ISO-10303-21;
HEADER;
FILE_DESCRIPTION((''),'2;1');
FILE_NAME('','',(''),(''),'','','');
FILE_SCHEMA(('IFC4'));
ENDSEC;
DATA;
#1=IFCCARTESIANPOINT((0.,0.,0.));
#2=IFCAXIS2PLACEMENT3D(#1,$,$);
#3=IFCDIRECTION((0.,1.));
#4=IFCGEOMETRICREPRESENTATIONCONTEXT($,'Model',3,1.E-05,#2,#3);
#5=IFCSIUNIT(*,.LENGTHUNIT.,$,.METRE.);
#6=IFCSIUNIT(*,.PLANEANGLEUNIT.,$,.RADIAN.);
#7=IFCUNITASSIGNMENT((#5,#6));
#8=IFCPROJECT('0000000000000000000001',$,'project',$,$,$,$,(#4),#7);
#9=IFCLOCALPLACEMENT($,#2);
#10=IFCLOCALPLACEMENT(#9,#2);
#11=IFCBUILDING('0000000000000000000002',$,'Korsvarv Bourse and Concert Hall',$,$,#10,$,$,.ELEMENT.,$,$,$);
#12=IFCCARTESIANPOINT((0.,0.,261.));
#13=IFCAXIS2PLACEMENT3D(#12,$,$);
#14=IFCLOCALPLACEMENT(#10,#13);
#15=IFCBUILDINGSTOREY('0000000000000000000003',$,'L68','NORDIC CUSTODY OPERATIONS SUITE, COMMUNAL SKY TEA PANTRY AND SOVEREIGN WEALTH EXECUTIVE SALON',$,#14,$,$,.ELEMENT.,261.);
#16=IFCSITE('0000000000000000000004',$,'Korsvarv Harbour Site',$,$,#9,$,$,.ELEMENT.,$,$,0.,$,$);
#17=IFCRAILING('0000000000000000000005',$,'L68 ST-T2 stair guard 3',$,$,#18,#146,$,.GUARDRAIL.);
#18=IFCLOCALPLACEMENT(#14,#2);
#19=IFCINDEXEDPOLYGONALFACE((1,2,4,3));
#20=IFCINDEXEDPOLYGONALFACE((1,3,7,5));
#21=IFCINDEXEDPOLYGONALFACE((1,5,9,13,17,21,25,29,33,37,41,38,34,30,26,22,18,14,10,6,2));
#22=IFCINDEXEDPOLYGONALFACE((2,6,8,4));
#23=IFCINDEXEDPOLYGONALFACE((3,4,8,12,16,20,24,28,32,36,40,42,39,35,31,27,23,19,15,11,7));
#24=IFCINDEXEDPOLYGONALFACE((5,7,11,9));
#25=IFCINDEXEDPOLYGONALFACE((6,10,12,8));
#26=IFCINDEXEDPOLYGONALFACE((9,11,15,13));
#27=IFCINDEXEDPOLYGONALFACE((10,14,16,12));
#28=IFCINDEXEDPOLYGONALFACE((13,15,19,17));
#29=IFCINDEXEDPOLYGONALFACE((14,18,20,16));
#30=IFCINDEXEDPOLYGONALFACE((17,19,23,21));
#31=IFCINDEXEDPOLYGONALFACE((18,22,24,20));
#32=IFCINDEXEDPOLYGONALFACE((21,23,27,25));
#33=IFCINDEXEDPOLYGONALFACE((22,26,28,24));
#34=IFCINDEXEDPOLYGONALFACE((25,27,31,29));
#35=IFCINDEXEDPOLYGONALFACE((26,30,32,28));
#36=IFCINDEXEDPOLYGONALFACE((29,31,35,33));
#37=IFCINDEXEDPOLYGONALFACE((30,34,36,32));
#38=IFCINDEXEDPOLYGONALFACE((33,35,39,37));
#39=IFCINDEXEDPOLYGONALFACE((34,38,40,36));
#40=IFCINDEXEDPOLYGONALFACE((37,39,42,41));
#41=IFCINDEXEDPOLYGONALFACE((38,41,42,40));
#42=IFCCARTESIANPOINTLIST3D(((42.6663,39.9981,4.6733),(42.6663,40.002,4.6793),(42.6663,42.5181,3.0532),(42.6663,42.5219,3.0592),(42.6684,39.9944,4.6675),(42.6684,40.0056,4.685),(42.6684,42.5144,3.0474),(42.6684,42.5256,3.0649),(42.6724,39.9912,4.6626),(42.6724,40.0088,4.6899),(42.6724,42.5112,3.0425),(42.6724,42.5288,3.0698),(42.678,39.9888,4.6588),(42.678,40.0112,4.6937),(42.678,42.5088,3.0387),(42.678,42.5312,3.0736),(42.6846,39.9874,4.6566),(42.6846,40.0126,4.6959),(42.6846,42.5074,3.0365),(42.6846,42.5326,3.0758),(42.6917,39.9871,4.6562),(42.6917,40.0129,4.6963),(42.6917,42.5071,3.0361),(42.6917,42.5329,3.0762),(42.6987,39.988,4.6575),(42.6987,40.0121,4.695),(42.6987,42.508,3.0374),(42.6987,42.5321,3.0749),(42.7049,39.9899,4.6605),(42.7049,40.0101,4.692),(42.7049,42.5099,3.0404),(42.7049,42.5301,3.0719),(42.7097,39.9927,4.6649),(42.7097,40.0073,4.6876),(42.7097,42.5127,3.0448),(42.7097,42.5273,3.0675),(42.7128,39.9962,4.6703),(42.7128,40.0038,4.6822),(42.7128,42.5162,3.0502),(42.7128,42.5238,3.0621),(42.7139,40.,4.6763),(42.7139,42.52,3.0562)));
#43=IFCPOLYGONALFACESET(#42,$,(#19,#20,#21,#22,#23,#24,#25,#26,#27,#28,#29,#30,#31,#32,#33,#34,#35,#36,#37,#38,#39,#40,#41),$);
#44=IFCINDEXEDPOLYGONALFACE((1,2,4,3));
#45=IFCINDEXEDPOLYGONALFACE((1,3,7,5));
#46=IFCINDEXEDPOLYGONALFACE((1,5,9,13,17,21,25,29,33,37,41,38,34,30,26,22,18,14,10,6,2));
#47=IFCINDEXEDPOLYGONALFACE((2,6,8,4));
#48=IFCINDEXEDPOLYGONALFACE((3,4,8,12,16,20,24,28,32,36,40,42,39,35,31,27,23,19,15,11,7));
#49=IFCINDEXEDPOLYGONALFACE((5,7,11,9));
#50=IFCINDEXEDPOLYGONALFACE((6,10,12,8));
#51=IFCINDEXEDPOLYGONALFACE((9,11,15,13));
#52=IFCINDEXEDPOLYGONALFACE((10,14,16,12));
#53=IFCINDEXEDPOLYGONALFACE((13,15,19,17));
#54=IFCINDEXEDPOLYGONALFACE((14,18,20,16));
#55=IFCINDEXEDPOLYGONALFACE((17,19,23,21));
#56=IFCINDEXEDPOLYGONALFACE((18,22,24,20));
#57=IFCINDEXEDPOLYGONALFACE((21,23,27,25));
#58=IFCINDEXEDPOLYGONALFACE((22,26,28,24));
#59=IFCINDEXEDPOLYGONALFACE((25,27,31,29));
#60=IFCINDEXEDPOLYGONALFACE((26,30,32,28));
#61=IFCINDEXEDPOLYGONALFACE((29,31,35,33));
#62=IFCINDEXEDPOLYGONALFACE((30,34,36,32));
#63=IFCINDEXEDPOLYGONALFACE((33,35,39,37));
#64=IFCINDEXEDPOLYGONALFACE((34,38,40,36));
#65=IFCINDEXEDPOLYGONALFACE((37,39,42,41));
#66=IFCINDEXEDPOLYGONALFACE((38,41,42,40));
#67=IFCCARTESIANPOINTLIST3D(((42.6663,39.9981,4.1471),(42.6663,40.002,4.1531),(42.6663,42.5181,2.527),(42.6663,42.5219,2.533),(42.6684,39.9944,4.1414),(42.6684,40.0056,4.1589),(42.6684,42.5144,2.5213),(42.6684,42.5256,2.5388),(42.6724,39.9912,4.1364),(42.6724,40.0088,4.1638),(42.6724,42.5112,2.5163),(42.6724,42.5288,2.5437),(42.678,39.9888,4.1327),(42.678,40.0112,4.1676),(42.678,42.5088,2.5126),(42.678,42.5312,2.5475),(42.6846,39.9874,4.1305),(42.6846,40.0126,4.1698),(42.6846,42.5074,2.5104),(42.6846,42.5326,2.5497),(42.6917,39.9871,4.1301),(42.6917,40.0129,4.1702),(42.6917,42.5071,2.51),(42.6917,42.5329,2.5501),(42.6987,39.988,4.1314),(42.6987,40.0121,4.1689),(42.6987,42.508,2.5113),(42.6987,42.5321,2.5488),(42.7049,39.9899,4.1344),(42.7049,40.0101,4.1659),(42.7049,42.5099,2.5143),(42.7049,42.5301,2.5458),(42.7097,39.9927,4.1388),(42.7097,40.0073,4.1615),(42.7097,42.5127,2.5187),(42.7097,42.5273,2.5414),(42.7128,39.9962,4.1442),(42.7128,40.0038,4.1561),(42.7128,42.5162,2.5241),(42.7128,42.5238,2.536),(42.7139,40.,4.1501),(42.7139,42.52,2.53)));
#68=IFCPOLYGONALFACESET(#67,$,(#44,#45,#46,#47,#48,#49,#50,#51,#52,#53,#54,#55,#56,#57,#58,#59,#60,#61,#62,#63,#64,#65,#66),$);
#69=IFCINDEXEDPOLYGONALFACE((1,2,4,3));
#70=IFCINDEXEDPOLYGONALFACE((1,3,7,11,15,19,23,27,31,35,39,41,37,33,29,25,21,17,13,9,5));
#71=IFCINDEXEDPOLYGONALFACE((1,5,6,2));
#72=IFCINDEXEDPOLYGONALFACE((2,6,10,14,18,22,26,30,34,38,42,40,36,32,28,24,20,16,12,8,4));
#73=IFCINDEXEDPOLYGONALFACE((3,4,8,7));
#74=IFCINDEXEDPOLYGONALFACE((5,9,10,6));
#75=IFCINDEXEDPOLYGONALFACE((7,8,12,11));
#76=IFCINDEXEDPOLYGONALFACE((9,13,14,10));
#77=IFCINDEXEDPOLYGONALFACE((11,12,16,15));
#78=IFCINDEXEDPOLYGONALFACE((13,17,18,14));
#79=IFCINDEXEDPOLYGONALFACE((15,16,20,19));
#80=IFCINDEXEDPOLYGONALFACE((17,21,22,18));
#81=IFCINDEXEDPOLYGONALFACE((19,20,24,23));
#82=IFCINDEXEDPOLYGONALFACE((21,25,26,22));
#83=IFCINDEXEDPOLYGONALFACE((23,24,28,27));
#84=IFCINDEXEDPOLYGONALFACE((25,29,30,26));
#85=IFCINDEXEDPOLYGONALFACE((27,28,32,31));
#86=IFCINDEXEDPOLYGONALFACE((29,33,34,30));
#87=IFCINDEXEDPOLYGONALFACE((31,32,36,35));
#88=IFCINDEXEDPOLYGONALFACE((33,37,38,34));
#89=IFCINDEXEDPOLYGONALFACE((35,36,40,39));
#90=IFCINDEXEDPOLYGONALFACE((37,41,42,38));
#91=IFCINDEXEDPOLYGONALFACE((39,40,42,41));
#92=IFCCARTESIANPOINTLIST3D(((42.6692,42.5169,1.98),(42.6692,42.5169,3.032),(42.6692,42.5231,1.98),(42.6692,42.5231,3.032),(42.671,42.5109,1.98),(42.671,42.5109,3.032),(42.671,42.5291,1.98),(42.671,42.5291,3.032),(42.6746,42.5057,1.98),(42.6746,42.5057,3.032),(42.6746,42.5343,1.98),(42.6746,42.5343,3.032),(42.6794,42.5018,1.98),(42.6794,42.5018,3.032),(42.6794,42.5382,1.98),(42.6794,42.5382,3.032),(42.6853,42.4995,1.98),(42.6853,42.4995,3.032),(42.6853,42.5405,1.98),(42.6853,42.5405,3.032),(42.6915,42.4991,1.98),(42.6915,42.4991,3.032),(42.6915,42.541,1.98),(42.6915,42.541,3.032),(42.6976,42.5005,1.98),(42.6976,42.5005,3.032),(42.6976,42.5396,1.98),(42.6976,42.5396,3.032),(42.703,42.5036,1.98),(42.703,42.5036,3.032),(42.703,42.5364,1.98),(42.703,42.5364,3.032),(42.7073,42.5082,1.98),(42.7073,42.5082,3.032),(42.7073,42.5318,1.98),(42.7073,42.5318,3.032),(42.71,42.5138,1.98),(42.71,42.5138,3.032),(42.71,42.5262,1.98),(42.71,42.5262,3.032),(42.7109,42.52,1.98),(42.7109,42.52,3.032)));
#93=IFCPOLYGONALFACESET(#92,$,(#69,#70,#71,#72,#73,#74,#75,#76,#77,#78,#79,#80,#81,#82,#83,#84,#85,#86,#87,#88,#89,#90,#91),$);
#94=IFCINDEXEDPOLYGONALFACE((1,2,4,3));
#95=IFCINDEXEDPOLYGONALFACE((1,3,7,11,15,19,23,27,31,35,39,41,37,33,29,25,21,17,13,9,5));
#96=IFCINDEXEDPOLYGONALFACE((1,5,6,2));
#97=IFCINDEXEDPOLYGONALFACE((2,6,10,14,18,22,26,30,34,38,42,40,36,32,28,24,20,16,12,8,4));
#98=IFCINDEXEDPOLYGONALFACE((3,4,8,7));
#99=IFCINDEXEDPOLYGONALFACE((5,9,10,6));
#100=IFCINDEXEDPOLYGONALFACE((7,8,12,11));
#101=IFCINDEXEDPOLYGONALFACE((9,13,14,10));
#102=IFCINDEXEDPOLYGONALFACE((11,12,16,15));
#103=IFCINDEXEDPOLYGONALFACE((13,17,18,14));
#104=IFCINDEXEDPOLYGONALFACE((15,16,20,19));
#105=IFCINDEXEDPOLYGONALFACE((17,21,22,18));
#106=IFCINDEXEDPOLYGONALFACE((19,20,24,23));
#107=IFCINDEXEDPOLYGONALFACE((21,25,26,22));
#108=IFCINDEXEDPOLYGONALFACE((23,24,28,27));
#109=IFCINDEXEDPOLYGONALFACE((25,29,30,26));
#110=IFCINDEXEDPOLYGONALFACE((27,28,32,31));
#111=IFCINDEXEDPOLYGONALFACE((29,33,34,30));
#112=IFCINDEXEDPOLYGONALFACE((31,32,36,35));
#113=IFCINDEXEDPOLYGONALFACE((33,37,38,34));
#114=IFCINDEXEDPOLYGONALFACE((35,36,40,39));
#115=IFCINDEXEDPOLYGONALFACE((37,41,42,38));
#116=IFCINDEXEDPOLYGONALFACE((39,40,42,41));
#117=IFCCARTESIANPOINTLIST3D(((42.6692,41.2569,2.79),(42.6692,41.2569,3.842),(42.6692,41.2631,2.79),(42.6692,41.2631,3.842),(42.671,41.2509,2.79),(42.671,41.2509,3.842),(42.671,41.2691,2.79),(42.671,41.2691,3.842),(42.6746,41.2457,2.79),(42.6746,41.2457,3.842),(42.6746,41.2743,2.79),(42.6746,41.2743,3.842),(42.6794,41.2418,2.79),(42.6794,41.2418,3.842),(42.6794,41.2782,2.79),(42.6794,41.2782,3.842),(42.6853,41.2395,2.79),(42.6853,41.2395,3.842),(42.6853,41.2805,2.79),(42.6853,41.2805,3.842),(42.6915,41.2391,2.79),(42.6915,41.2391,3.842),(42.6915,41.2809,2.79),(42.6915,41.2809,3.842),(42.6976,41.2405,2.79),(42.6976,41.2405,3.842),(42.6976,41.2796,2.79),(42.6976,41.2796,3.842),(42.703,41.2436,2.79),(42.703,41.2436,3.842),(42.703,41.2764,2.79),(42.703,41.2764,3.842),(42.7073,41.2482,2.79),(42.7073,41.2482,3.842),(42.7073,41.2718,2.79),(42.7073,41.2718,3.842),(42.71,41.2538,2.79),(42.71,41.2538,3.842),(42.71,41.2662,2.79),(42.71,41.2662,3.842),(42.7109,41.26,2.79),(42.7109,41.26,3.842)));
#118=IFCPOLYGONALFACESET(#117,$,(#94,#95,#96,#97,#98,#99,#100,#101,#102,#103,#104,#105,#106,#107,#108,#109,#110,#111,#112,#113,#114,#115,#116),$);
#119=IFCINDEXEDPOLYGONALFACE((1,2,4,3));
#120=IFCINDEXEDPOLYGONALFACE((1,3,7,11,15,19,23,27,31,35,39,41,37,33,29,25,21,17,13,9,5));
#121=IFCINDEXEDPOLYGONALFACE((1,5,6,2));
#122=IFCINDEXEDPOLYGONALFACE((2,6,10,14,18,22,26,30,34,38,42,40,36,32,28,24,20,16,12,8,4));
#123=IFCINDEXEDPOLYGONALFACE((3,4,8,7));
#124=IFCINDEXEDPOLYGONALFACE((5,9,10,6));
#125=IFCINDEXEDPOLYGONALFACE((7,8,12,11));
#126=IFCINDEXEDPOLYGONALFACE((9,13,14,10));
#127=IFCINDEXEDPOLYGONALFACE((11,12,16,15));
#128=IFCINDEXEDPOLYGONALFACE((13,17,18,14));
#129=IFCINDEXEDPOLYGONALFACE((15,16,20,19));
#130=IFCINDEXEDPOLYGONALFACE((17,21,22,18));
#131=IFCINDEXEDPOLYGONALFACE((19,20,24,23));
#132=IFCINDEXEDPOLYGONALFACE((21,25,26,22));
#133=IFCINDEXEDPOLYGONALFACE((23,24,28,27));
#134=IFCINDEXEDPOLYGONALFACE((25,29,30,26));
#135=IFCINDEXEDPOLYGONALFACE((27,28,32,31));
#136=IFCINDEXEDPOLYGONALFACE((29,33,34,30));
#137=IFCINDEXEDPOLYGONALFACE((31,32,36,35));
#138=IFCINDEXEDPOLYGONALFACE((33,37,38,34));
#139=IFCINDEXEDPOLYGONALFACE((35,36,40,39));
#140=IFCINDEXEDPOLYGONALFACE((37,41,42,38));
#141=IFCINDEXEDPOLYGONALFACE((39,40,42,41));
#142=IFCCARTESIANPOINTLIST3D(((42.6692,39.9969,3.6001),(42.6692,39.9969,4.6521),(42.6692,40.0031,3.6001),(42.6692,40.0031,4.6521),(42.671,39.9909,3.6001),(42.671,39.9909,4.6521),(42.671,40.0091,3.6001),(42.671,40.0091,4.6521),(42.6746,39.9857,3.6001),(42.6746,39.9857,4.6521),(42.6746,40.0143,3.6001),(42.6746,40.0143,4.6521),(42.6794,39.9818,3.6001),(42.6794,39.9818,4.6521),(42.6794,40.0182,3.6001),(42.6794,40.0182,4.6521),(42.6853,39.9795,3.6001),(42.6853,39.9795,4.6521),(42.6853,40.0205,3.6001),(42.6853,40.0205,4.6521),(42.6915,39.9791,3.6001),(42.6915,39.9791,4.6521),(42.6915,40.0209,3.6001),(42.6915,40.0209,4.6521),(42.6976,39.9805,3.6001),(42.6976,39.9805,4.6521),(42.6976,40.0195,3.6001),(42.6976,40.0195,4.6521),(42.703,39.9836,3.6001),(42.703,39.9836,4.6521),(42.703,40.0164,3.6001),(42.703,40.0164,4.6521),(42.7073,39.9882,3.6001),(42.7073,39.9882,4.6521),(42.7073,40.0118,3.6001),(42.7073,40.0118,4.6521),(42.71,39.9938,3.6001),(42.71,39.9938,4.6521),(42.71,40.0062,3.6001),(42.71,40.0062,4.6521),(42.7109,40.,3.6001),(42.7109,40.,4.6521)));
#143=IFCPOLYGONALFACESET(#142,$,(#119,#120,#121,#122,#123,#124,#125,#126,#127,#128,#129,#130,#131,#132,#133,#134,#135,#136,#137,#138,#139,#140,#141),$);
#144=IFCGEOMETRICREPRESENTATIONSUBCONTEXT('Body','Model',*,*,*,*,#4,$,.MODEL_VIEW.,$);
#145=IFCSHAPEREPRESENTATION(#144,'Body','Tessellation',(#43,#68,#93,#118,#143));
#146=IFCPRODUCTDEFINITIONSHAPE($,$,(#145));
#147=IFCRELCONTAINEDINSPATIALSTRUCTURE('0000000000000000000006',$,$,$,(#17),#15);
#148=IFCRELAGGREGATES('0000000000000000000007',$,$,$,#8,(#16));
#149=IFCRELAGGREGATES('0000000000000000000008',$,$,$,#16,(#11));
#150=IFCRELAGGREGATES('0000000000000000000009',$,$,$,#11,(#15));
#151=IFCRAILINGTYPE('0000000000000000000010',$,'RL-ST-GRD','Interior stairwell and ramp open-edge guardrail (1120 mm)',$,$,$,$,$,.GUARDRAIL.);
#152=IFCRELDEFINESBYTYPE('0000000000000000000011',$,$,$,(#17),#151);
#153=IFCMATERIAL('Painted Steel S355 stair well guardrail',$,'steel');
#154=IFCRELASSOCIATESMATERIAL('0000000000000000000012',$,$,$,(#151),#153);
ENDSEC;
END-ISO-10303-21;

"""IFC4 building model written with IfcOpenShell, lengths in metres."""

from ifc_helpers import new_model, si_unit, direction, frame, origin, origin_2d, place, context, subcontext, project, spatial, circle, extrude, material, type_object, element, save


model = new_model("IFC4")

# Units and contexts
model_context = context("Model", 3, precision=1e-05, world=origin(), true_north=direction((0.0, 1.0)))
body_context = subcontext(model_context, "Body", "Model", "MODEL_VIEW")
ifc_project = project(units=[si_unit("LENGTHUNIT", "METRE"), si_unit("PLANEANGLEUNIT", "RADIAN")], contexts=[model_context])

# Site, building, storey
site_placement = place(None, origin())
site = spatial("IfcSite", under=ifc_project, at=site_placement, Name="Korsvarv Harbour Site", CompositionType="ELEMENT", RefElevation=0.0)
building_placement = place(site_placement, origin())
building = spatial("IfcBuilding", under=site, at=building_placement, Name="Korsvarv Bourse and Concert Hall", CompositionType="ELEMENT")
storey_placement = place(building_placement, frame((0.0, 0.0, 261.0)))
storey = spatial("IfcBuildingStorey", under=building, at=storey_placement, Name="L68", Description="NORDIC CUSTODY OPERATIONS SUITE, COMMUNAL SKY TEA PANTRY AND SOVEREIGN WEALTH EXECUTIVE SALON", CompositionType="ELEMENT", Elevation=261.0)

# Railing
ifc_material_1 = material(Name="Painted Steel S355 stair well guardrail", Category="steel")
railing_type_1 = type_object("IfcRailingType", Name="RL-ST-GRD", Description="Interior stairwell and ramp open-edge guardrail (1120 mm)", PredefinedType="GUARDRAIL", material=ifc_material_1)
railing_1_placement = place(storey_placement, frame((42.6899, 42.52, 1.98)))
element("IfcRailing", 1, at=railing_1_placement, inside=storey, type_object=railing_type_1, Name="L68 ST-T2 stair guard 3", PredefinedType="GUARDRAIL", context=body_context, shape_type="SweptSolid", body=[
    extrude(circle(Radius=0.0239, at=origin_2d()), frame((0.0, 0.0, 1.0762), z_axis=(0.0, -0.841163, 0.540782), x_axis=(1.0, 0.0, 0.0)), (0.0, 0.0, 1.0), 2.9958),
    extrude(circle(Radius=0.0239, at=origin_2d()), frame((0.0, 0.0, 0.55), z_axis=(0.0, -0.841163, 0.540782), x_axis=(1.0, 0.0, 0.0)), (0.0, 0.0, 1.0), 2.9958),
    extrude(circle(Radius=0.021, at=origin_2d()), origin(), (0.0, 0.0, 1.0), 1.052),
    extrude(circle(Radius=0.021, at=origin_2d()), frame((0.0, -1.26, 0.8101)), (0.0, 0.0, 1.0), 1.052),
    extrude(circle(Radius=0.021, at=origin_2d()), frame((0.0, -2.52, 1.6201)), (0.0, 0.0, 1.0), 1.052),
])

save(model, "model.ifc")
